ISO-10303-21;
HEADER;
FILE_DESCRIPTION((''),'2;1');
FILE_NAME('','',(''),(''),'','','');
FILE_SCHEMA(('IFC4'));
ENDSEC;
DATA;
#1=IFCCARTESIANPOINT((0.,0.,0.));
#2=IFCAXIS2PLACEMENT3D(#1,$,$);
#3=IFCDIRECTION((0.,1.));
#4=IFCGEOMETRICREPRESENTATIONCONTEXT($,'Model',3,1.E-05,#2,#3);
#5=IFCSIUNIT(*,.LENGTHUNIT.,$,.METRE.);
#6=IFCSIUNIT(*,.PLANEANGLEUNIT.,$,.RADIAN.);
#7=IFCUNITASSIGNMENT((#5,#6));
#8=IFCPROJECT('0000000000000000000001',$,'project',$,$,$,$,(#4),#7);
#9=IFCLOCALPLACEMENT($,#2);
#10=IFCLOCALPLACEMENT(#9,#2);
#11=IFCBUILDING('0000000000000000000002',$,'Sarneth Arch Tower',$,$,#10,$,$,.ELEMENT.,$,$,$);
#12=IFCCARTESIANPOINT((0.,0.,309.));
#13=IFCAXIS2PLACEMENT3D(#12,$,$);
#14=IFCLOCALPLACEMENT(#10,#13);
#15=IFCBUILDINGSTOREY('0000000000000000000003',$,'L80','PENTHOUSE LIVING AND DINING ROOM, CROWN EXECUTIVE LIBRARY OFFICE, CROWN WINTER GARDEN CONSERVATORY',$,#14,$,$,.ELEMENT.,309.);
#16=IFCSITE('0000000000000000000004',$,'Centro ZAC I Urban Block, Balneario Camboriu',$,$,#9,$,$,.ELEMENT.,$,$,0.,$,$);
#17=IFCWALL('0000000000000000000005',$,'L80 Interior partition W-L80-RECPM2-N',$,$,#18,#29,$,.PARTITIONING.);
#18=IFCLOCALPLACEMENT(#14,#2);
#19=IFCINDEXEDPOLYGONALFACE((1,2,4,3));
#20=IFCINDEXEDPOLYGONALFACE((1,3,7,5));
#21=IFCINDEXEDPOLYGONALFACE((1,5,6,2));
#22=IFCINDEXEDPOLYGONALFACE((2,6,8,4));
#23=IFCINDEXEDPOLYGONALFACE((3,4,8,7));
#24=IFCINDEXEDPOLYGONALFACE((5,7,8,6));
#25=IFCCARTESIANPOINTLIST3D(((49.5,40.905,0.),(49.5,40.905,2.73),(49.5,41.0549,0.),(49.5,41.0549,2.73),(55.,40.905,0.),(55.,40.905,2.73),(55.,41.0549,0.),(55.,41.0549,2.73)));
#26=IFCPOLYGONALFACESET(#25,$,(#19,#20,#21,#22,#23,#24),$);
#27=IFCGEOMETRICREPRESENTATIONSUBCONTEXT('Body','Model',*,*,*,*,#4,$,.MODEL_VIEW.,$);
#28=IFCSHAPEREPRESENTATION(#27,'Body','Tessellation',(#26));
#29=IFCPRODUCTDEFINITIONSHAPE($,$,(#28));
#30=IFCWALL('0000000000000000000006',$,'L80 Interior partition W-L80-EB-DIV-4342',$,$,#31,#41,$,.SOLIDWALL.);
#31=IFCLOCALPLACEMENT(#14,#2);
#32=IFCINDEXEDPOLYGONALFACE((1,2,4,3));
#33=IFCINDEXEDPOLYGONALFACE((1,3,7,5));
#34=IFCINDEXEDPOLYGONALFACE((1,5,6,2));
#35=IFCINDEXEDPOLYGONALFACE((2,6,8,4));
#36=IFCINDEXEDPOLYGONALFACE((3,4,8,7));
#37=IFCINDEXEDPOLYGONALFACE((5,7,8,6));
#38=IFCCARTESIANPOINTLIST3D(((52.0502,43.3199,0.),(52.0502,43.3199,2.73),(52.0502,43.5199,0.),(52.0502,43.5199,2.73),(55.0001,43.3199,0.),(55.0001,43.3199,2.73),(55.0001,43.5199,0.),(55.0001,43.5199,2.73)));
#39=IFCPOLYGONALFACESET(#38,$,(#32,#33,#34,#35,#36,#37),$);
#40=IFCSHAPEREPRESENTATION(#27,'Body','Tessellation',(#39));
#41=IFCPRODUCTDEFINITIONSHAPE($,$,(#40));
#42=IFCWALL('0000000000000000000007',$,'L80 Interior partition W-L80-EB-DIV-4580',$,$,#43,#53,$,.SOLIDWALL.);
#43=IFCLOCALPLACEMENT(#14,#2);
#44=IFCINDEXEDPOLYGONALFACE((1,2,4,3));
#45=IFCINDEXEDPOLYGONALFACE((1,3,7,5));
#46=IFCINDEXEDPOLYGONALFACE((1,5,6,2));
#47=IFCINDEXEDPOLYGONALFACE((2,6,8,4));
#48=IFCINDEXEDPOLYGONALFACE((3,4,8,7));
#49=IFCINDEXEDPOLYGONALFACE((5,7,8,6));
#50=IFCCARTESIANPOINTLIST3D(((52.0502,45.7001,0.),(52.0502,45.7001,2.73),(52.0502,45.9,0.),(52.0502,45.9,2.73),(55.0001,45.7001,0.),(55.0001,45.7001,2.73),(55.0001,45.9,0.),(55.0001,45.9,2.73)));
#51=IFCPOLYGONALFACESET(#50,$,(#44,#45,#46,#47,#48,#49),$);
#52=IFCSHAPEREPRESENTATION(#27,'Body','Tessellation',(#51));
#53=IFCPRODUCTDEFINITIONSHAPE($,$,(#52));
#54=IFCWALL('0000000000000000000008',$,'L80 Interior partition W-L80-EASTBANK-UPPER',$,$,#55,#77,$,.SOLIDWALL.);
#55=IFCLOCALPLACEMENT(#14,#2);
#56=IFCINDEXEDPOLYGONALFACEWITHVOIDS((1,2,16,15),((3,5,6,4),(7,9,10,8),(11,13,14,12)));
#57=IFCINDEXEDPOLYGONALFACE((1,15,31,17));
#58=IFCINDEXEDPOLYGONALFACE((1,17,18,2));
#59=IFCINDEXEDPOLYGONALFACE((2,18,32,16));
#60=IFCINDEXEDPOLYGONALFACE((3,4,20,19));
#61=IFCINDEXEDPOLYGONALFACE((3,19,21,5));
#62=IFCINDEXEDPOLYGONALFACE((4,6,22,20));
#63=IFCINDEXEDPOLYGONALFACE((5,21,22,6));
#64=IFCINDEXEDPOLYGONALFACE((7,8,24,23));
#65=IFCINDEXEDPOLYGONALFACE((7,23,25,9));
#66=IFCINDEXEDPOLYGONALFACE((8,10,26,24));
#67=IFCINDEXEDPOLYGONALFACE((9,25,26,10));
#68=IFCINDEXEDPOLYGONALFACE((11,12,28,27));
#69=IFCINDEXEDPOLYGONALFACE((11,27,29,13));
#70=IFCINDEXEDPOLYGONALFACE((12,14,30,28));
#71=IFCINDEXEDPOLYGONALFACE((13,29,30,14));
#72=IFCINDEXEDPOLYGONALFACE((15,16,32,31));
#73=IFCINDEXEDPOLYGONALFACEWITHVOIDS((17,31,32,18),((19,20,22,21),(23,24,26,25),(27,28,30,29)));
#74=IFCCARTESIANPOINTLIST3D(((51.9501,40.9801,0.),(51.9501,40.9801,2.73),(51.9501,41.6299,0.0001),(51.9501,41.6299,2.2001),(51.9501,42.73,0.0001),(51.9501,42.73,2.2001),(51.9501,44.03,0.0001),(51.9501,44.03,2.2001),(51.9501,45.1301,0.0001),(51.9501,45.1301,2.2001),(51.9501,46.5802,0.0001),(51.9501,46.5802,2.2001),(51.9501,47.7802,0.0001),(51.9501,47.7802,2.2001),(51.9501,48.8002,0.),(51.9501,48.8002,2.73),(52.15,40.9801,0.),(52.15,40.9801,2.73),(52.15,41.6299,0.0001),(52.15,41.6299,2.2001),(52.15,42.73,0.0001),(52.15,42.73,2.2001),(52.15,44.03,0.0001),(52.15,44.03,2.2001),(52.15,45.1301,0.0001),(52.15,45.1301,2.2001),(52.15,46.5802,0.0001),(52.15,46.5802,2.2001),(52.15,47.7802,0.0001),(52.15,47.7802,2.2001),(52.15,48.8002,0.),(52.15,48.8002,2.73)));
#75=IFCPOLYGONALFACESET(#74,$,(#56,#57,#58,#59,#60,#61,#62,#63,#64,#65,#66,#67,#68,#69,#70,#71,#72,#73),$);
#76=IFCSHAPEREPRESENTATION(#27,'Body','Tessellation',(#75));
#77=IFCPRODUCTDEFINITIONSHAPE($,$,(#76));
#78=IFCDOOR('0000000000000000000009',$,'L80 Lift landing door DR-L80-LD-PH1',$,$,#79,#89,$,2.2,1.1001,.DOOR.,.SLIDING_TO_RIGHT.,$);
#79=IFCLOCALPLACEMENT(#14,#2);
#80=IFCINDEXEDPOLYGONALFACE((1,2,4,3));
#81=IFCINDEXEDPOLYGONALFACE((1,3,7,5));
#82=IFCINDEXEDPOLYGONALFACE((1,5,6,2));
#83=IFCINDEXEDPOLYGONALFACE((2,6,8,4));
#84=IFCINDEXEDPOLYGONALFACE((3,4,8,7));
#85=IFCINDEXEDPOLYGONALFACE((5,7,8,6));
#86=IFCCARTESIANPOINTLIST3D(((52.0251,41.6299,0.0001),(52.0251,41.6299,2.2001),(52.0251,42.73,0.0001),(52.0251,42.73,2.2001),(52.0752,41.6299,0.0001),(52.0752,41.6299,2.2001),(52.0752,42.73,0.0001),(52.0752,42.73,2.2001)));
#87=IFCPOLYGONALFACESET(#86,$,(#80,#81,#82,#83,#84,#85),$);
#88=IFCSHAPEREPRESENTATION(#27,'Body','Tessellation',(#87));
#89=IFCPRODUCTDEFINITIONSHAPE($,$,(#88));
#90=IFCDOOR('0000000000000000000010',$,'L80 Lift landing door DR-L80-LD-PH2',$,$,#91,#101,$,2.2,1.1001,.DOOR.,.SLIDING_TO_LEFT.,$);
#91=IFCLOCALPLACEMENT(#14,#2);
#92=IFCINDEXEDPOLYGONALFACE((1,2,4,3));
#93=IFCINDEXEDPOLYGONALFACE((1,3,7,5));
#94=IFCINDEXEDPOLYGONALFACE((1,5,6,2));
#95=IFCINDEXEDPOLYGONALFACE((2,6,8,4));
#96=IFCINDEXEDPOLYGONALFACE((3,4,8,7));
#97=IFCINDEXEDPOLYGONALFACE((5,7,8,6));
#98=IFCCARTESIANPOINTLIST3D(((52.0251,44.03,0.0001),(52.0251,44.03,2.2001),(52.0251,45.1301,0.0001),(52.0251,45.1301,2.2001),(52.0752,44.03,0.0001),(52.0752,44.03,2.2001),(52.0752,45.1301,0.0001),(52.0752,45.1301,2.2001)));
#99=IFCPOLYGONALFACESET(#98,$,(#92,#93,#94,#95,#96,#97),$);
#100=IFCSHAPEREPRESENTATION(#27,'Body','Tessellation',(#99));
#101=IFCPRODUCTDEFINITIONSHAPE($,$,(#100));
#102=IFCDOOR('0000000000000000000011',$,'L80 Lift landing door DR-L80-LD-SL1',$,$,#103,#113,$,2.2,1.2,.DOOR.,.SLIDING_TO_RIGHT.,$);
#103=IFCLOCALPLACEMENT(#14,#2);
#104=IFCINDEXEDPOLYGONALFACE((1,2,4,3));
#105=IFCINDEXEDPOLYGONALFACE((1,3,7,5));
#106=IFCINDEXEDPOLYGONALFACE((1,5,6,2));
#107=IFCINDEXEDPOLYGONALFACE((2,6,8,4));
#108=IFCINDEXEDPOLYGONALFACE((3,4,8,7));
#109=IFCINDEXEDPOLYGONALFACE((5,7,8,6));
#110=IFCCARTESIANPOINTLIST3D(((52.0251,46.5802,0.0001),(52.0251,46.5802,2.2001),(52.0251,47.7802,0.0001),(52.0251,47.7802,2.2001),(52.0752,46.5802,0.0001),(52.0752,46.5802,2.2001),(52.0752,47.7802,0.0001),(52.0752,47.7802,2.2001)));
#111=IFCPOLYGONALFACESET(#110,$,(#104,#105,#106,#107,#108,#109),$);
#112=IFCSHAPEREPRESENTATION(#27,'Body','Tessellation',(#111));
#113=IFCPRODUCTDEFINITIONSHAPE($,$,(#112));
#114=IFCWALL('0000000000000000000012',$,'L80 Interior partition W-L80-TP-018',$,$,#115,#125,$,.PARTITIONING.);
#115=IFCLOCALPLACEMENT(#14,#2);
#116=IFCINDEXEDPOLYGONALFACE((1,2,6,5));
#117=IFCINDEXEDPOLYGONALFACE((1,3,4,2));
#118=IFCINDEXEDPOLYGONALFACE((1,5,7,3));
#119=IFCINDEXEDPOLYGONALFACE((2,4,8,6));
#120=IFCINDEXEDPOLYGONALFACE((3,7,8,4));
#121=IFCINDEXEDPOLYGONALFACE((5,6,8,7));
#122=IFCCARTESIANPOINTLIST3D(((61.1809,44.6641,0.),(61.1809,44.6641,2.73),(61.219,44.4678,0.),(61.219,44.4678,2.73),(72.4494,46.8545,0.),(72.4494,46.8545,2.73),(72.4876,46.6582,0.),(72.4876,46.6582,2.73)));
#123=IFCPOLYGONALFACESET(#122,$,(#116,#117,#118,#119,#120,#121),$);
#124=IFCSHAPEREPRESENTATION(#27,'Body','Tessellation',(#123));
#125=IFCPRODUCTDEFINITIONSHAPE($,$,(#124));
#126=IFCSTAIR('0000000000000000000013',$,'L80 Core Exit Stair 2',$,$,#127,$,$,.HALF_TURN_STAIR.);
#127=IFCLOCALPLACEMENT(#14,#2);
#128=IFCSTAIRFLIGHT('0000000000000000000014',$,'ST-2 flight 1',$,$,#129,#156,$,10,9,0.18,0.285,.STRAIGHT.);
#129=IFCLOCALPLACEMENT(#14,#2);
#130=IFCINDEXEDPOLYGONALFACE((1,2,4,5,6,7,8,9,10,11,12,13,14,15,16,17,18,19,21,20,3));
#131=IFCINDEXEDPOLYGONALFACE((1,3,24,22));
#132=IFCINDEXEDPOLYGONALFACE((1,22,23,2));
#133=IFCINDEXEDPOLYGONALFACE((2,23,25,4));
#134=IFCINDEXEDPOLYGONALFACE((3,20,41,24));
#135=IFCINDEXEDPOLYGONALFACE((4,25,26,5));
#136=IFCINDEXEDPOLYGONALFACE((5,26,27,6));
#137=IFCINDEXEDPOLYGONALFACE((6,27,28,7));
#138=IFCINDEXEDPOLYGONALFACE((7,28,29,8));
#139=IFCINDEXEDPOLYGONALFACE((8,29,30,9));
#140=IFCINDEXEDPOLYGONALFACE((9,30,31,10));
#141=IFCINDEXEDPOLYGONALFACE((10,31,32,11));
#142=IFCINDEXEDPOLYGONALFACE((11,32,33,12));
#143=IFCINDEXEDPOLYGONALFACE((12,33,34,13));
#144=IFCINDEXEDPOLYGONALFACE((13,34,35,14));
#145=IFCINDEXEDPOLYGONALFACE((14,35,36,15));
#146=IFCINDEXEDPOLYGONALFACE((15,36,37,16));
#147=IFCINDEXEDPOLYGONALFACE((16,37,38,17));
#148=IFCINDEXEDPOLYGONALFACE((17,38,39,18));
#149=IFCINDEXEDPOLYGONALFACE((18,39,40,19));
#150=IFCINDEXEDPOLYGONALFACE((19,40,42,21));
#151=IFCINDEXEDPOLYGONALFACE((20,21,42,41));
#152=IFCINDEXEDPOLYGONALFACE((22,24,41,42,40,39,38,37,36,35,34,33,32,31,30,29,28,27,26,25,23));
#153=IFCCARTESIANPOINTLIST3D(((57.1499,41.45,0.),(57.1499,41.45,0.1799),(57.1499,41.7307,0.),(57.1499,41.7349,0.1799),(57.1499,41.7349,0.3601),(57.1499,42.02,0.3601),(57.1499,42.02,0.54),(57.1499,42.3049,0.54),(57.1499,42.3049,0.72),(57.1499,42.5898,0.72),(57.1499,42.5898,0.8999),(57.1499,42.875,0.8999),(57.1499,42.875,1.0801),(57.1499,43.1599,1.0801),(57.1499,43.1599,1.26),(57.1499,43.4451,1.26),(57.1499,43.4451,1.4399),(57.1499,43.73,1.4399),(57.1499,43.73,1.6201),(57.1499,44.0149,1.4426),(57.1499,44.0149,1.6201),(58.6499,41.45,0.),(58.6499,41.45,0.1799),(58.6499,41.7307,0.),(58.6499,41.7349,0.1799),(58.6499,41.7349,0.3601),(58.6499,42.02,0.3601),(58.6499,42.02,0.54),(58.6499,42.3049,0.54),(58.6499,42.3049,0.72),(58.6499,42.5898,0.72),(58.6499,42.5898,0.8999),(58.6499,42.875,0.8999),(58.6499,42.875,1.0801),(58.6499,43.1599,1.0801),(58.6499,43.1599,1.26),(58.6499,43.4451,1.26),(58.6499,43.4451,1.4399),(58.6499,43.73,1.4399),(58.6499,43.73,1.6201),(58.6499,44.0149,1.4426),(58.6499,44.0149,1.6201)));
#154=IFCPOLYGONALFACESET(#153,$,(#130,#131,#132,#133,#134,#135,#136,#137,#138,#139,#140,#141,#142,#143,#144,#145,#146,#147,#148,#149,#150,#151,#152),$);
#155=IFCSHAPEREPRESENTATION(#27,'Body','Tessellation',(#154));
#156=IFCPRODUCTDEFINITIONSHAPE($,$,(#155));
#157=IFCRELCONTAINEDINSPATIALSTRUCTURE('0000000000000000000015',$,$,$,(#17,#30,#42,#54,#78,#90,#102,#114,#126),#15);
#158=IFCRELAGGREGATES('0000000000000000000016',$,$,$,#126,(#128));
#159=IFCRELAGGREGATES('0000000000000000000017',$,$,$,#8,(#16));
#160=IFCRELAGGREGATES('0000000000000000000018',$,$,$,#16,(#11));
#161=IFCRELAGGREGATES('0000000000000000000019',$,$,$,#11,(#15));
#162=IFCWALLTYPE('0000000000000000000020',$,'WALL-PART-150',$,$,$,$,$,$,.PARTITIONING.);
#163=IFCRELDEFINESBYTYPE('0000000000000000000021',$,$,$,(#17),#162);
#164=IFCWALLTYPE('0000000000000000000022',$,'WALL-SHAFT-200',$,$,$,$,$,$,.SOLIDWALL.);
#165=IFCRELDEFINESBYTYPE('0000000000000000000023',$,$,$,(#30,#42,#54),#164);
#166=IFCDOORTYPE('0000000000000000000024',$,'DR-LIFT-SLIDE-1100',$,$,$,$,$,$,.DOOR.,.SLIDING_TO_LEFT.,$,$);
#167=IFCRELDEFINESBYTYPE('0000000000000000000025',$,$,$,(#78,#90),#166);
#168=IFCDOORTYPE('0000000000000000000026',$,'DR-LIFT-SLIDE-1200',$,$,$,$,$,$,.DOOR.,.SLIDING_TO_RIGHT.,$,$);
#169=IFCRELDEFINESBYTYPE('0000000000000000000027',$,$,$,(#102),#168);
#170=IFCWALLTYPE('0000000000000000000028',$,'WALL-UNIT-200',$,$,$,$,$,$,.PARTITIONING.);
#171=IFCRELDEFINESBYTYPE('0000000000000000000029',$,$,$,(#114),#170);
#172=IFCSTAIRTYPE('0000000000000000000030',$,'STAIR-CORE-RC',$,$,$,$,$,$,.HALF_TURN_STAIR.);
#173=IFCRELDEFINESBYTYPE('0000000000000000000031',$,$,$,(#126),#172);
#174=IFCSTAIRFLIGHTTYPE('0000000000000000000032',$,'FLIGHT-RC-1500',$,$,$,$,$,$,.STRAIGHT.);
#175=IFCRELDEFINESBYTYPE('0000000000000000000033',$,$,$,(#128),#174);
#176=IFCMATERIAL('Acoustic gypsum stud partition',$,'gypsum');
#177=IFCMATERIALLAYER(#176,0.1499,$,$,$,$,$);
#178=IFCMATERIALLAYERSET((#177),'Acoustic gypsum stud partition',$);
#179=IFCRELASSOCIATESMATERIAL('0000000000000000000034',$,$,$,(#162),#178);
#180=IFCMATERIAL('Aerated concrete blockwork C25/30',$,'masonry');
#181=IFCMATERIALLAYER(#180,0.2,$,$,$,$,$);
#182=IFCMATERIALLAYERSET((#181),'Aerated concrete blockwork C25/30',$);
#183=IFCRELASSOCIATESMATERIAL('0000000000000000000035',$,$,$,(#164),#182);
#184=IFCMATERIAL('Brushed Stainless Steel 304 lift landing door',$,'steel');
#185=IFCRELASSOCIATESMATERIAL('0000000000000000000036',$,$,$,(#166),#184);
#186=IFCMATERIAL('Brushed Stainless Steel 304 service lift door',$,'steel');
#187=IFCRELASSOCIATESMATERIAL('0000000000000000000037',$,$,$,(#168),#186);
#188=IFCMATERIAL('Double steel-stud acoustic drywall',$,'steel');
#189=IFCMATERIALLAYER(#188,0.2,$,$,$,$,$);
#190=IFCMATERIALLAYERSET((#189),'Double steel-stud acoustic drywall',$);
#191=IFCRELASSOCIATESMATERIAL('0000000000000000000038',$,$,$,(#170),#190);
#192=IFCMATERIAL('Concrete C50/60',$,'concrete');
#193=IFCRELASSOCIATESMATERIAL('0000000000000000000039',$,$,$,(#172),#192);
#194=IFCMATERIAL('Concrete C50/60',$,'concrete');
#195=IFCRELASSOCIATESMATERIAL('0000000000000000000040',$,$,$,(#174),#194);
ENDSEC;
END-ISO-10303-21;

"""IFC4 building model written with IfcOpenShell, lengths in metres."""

from ifc_helpers import new_model, si_unit, direction, frame, frame_2d, origin, place, context, subcontext, project, spatial, polyline, rectangle, outline, extrude, material, layer, layer_set, type_object, element, fill, aggregate, save


model = new_model("IFC4")

# Units and contexts
model_context = context("Model", 3, precision=1e-05, world=origin(), true_north=direction((0.0, 1.0)))
body_context = subcontext(model_context, "Body", "Model", "MODEL_VIEW")
ifc_project = project(units=[si_unit("LENGTHUNIT", "METRE"), si_unit("PLANEANGLEUNIT", "RADIAN")], contexts=[model_context])

# Site, building, storey
site_placement = place(None, origin())
site = spatial("IfcSite", under=ifc_project, at=site_placement, Name="Centro ZAC I Urban Block, Balneario Camboriu", CompositionType="ELEMENT", RefElevation=0.0)
building_placement = place(site_placement, origin())
building = spatial("IfcBuilding", under=site, at=building_placement, Name="Sarneth Arch Tower", CompositionType="ELEMENT")
storey_placement = place(building_placement, frame((0.0, 0.0, 309.0)))
storey = spatial("IfcBuildingStorey", under=building, at=storey_placement, Name="L80", Description="PENTHOUSE LIVING AND DINING ROOM, CROWN EXECUTIVE LIBRARY OFFICE, CROWN WINTER GARDEN CONSERVATORY", CompositionType="ELEMENT", Elevation=309.0)

# Wall
ifc_material_1 = material(Name="Acoustic gypsum stud partition", Category="gypsum")
ifc_layer_1 = layer(ifc_material_1, 0.1499)
ifc_layer_set_1 = layer_set([ifc_layer_1], Name="Acoustic gypsum stud partition")
wall_type_1 = type_object("IfcWallType", Name="WALL-PART-150", PredefinedType="PARTITIONING", material=ifc_layer_set_1)
wall_1_placement = place(storey_placement, frame((49.5, 40.98, 0.0), z_axis=(0.0, 0.0, 1.0), x_axis=(1.0, 0.0, 0.0)))
element("IfcWall", 1, at=wall_1_placement, inside=storey, type_object=wall_type_1, Name="L80 Interior partition W-L80-RECPM2-N", PredefinedType="PARTITIONING", context=body_context, shape_type="SweptSolid", body=[
    extrude(rectangle(XDim=5.5, YDim=0.1499, at=frame_2d((2.75, 0.0))), origin(), (0.0, 0.0, 1.0), 2.73),
])

# Shared definitions
ifc_material_2 = material(Name="Aerated concrete blockwork C25/30", Category="masonry")
ifc_layer_2 = layer(ifc_material_2, 0.2)
ifc_layer_set_2 = layer_set([ifc_layer_2], Name="Aerated concrete blockwork C25/30")
wall_type_2 = type_object("IfcWallType", Name="WALL-SHAFT-200", PredefinedType="SOLIDWALL", material=ifc_layer_set_2)

# Walls
for number, where, z_axis, x_axis, name in (
    (2, (52.05, 43.4199, 0.0), (0.0, 0.0, 1.0), (1.0, 0.0, 0.0), "L80 Interior partition W-L80-EB-DIV-4342"),
    (3, (52.05, 45.8, 0.0), (0.0, 0.0, 1.0), (1.0, 0.0, 0.0), "L80 Interior partition W-L80-EB-DIV-4580"),
):
    element("IfcWall", number, at=place(storey_placement, frame(where, z_axis=z_axis, x_axis=x_axis)), inside=storey, type_object=wall_type_2, Name=name, PredefinedType="SOLIDWALL", context=body_context, shape_type="SweptSolid", body=[
        extrude(rectangle(XDim=2.95, YDim=0.2, at=frame_2d((1.4751, 0.0))), origin(), (0.0, 0.0, 1.0), 2.73),
    ])

# Wall, openings, doors
wall_2_placement = place(storey_placement, frame((52.05, 40.98, 0.0), z_axis=(0.0, 0.0, 1.0), x_axis=(0.0, 1.0, 0.0)))
wall_2 = element("IfcWall", 4, at=wall_2_placement, inside=storey, type_object=wall_type_2, Name="L80 Interior partition W-L80-EASTBANK-UPPER", PredefinedType="SOLIDWALL", context=body_context, shape_type="SweptSolid", body=[
    extrude(rectangle(XDim=7.8201, YDim=0.2, at=frame_2d((3.9102, 0.0))), origin(), (0.0, 0.0, 1.0), 2.73),
])
opening_1_placement = place(wall_2_placement, frame((0.6499, 0.0, 0.0)))
opening_1 = element("IfcOpeningElement", 5, at=opening_1_placement, cuts=wall_2, PredefinedType="OPENING", context=body_context, shape_type="SweptSolid", body=[
    extrude(rectangle(XDim=1.1001, YDim=2.2, at=frame_2d((0.55, 1.1001))), frame((0.0, 0.1099, 0.0), z_axis=(0.0, -1.0, 0.0), x_axis=(1.0, 0.0, 0.0)), (0.0, 0.0, 1.0), 0.22),
])
opening_2_placement = place(wall_2_placement, frame((3.05, 0.0, 0.0)))
opening_2 = element("IfcOpeningElement", 6, at=opening_2_placement, cuts=wall_2, PredefinedType="OPENING", context=body_context, shape_type="SweptSolid", body=[
    extrude(rectangle(XDim=1.1001, YDim=2.2, at=frame_2d((0.55, 1.1001))), frame((0.0, 0.1099, 0.0), z_axis=(0.0, -1.0, 0.0), x_axis=(1.0, 0.0, 0.0)), (0.0, 0.0, 1.0), 0.22),
])
opening_3_placement = place(wall_2_placement, frame((5.6001, 0.0, 0.0)))
opening_3 = element("IfcOpeningElement", 7, at=opening_3_placement, cuts=wall_2, PredefinedType="OPENING", context=body_context, shape_type="SweptSolid", body=[
    extrude(rectangle(XDim=1.2, YDim=2.2, at=frame_2d((0.6001, 1.1001))), frame((0.0, 0.1099, 0.0), z_axis=(0.0, -1.0, 0.0), x_axis=(1.0, 0.0, 0.0)), (0.0, 0.0, 1.0), 0.22),
])
ifc_material_3 = material(Name="Brushed Stainless Steel 304 lift landing door", Category="steel")
door_type_1 = type_object("IfcDoorType", Name="DR-LIFT-SLIDE-1100", OperationType="SLIDING_TO_LEFT", PredefinedType="DOOR", material=ifc_material_3)
door_1_placement = place(opening_1_placement, origin())
door_1 = element("IfcDoor", 8, at=door_1_placement, inside=storey, type_object=door_type_1, Name="L80 Lift landing door DR-L80-LD-PH1", OperationType="SLIDING_TO_RIGHT", OverallHeight=2.2, OverallWidth=1.1001, PredefinedType="DOOR", context=body_context, shape_type="SweptSolid", body=[
    extrude(rectangle(XDim=1.1001, YDim=2.2, at=frame_2d((0.55, 1.1001))), frame((0.0, 0.0249, 0.0), z_axis=(0.0, -1.0, 0.0), x_axis=(1.0, 0.0, 0.0)), (0.0, 0.0, 1.0), 0.05),
])
fill(opening_1, door_1)
door_2_placement = place(opening_2_placement, origin())
door_2 = element("IfcDoor", 9, at=door_2_placement, inside=storey, type_object=door_type_1, Name="L80 Lift landing door DR-L80-LD-PH2", OperationType="SLIDING_TO_LEFT", OverallHeight=2.2, OverallWidth=1.1001, PredefinedType="DOOR", context=body_context, shape_type="SweptSolid", body=[
    extrude(rectangle(XDim=1.1001, YDim=2.2, at=frame_2d((0.55, 1.1001))), frame((0.0, 0.0249, 0.0), z_axis=(0.0, -1.0, 0.0), x_axis=(1.0, 0.0, 0.0)), (0.0, 0.0, 1.0), 0.05),
])
fill(opening_2, door_2)
ifc_material_4 = material(Name="Brushed Stainless Steel 304 service lift door", Category="steel")
door_type_2 = type_object("IfcDoorType", Name="DR-LIFT-SLIDE-1200", OperationType="SLIDING_TO_RIGHT", PredefinedType="DOOR", material=ifc_material_4)
door_3_placement = place(opening_3_placement, origin())
door_3 = element("IfcDoor", 10, at=door_3_placement, inside=storey, type_object=door_type_2, Name="L80 Lift landing door DR-L80-LD-SL1", OperationType="SLIDING_TO_RIGHT", OverallHeight=2.2, OverallWidth=1.2, PredefinedType="DOOR", context=body_context, shape_type="SweptSolid", body=[
    extrude(rectangle(XDim=1.2, YDim=2.2, at=frame_2d((0.6001, 1.1001))), frame((0.0, 0.0249, 0.0), z_axis=(0.0, -1.0, 0.0), x_axis=(1.0, 0.0, 0.0)), (0.0, 0.0, 1.0), 0.05),
])
fill(opening_3, door_3)

# Wall
ifc_material_5 = material(Name="Double steel-stud acoustic drywall", Category="steel")
ifc_layer_3 = layer(ifc_material_5, 0.2)
ifc_layer_set_3 = layer_set([ifc_layer_3], Name="Double steel-stud acoustic drywall")
wall_type_3 = type_object("IfcWallType", Name="WALL-UNIT-200", PredefinedType="PARTITIONING", material=ifc_layer_set_3)
wall_3_placement = place(storey_placement, frame((61.2, 44.5659, 0.0), z_axis=(0.0, 0.0, 1.0), x_axis=(0.981626, 0.190813, 0.0)))
element("IfcWall", 11, at=wall_3_placement, inside=storey, type_object=wall_type_3, Name="L80 Interior partition W-L80-TP-018", PredefinedType="PARTITIONING", context=body_context, shape_type="SweptSolid", body=[
    extrude(rectangle(XDim=11.4795, YDim=0.2, at=frame_2d((5.7397, 0.0))), origin(), (0.0, 0.0, 1.0), 2.73),
])

# Stair, stair flight
ifc_material_6 = material(Name="Concrete C50/60", Category="concrete")
stair_type = type_object("IfcStairType", Name="STAIR-CORE-RC", PredefinedType="HALF_TURN_STAIR", material=ifc_material_6)
stair_placement = place(storey_placement, origin())
stair = element("IfcStair", 12, at=stair_placement, inside=storey, type_object=stair_type, Name="L80 Core Exit Stair 2", PredefinedType="HALF_TURN_STAIR")
ifc_material_7 = material(Name="Concrete C50/60", Category="concrete")
stair_flight_type = type_object("IfcStairFlightType", Name="FLIGHT-RC-1500", PredefinedType="STRAIGHT", material=ifc_material_7)
stair_flight_1_placement = place(storey_placement, frame((57.8999, 41.45, 0.0), z_axis=(0.0, 0.0, 1.0), x_axis=(0.0, 1.0, 0.0)))
stair_flight_1 = element("IfcStairFlight", 13, at=stair_flight_1_placement, type_object=stair_flight_type, Name="ST-2 flight 1", NumberOfRisers=10, NumberOfTreads=9, PredefinedType="STRAIGHT", RiserHeight=0.18, TreadLength=0.285, context=body_context, shape_type="SweptSolid", body=[
    extrude(outline(polyline([(0.0, 0.0), (0.0, 0.1799), (0.2849, 0.1799), (0.2849, 0.3601), (0.5701, 0.3601), (0.5701, 0.54), (0.855, 0.54), (0.855, 0.72), (1.1399, 0.72), (1.1399, 0.8999), (1.425, 0.8999), (1.425, 1.0801), (1.71, 1.0801), (1.71, 1.26), (1.9951, 1.26), (1.9951, 1.4399), (2.28, 1.4399), (2.28, 1.6201), (2.5649, 1.6201), (2.5649, 1.8), (2.5649, 1.4426), (0.2808, 0.0), (0.0, 0.0)])), frame((0.0, 0.75, 0.0), z_axis=(0.0, -1.0, 0.0), x_axis=(1.0, 0.0, 0.0)), (0.0, 0.0, 1.0), 1.5),
])
aggregate(stair, [stair_flight_1])

save(model, "model.ifc")
